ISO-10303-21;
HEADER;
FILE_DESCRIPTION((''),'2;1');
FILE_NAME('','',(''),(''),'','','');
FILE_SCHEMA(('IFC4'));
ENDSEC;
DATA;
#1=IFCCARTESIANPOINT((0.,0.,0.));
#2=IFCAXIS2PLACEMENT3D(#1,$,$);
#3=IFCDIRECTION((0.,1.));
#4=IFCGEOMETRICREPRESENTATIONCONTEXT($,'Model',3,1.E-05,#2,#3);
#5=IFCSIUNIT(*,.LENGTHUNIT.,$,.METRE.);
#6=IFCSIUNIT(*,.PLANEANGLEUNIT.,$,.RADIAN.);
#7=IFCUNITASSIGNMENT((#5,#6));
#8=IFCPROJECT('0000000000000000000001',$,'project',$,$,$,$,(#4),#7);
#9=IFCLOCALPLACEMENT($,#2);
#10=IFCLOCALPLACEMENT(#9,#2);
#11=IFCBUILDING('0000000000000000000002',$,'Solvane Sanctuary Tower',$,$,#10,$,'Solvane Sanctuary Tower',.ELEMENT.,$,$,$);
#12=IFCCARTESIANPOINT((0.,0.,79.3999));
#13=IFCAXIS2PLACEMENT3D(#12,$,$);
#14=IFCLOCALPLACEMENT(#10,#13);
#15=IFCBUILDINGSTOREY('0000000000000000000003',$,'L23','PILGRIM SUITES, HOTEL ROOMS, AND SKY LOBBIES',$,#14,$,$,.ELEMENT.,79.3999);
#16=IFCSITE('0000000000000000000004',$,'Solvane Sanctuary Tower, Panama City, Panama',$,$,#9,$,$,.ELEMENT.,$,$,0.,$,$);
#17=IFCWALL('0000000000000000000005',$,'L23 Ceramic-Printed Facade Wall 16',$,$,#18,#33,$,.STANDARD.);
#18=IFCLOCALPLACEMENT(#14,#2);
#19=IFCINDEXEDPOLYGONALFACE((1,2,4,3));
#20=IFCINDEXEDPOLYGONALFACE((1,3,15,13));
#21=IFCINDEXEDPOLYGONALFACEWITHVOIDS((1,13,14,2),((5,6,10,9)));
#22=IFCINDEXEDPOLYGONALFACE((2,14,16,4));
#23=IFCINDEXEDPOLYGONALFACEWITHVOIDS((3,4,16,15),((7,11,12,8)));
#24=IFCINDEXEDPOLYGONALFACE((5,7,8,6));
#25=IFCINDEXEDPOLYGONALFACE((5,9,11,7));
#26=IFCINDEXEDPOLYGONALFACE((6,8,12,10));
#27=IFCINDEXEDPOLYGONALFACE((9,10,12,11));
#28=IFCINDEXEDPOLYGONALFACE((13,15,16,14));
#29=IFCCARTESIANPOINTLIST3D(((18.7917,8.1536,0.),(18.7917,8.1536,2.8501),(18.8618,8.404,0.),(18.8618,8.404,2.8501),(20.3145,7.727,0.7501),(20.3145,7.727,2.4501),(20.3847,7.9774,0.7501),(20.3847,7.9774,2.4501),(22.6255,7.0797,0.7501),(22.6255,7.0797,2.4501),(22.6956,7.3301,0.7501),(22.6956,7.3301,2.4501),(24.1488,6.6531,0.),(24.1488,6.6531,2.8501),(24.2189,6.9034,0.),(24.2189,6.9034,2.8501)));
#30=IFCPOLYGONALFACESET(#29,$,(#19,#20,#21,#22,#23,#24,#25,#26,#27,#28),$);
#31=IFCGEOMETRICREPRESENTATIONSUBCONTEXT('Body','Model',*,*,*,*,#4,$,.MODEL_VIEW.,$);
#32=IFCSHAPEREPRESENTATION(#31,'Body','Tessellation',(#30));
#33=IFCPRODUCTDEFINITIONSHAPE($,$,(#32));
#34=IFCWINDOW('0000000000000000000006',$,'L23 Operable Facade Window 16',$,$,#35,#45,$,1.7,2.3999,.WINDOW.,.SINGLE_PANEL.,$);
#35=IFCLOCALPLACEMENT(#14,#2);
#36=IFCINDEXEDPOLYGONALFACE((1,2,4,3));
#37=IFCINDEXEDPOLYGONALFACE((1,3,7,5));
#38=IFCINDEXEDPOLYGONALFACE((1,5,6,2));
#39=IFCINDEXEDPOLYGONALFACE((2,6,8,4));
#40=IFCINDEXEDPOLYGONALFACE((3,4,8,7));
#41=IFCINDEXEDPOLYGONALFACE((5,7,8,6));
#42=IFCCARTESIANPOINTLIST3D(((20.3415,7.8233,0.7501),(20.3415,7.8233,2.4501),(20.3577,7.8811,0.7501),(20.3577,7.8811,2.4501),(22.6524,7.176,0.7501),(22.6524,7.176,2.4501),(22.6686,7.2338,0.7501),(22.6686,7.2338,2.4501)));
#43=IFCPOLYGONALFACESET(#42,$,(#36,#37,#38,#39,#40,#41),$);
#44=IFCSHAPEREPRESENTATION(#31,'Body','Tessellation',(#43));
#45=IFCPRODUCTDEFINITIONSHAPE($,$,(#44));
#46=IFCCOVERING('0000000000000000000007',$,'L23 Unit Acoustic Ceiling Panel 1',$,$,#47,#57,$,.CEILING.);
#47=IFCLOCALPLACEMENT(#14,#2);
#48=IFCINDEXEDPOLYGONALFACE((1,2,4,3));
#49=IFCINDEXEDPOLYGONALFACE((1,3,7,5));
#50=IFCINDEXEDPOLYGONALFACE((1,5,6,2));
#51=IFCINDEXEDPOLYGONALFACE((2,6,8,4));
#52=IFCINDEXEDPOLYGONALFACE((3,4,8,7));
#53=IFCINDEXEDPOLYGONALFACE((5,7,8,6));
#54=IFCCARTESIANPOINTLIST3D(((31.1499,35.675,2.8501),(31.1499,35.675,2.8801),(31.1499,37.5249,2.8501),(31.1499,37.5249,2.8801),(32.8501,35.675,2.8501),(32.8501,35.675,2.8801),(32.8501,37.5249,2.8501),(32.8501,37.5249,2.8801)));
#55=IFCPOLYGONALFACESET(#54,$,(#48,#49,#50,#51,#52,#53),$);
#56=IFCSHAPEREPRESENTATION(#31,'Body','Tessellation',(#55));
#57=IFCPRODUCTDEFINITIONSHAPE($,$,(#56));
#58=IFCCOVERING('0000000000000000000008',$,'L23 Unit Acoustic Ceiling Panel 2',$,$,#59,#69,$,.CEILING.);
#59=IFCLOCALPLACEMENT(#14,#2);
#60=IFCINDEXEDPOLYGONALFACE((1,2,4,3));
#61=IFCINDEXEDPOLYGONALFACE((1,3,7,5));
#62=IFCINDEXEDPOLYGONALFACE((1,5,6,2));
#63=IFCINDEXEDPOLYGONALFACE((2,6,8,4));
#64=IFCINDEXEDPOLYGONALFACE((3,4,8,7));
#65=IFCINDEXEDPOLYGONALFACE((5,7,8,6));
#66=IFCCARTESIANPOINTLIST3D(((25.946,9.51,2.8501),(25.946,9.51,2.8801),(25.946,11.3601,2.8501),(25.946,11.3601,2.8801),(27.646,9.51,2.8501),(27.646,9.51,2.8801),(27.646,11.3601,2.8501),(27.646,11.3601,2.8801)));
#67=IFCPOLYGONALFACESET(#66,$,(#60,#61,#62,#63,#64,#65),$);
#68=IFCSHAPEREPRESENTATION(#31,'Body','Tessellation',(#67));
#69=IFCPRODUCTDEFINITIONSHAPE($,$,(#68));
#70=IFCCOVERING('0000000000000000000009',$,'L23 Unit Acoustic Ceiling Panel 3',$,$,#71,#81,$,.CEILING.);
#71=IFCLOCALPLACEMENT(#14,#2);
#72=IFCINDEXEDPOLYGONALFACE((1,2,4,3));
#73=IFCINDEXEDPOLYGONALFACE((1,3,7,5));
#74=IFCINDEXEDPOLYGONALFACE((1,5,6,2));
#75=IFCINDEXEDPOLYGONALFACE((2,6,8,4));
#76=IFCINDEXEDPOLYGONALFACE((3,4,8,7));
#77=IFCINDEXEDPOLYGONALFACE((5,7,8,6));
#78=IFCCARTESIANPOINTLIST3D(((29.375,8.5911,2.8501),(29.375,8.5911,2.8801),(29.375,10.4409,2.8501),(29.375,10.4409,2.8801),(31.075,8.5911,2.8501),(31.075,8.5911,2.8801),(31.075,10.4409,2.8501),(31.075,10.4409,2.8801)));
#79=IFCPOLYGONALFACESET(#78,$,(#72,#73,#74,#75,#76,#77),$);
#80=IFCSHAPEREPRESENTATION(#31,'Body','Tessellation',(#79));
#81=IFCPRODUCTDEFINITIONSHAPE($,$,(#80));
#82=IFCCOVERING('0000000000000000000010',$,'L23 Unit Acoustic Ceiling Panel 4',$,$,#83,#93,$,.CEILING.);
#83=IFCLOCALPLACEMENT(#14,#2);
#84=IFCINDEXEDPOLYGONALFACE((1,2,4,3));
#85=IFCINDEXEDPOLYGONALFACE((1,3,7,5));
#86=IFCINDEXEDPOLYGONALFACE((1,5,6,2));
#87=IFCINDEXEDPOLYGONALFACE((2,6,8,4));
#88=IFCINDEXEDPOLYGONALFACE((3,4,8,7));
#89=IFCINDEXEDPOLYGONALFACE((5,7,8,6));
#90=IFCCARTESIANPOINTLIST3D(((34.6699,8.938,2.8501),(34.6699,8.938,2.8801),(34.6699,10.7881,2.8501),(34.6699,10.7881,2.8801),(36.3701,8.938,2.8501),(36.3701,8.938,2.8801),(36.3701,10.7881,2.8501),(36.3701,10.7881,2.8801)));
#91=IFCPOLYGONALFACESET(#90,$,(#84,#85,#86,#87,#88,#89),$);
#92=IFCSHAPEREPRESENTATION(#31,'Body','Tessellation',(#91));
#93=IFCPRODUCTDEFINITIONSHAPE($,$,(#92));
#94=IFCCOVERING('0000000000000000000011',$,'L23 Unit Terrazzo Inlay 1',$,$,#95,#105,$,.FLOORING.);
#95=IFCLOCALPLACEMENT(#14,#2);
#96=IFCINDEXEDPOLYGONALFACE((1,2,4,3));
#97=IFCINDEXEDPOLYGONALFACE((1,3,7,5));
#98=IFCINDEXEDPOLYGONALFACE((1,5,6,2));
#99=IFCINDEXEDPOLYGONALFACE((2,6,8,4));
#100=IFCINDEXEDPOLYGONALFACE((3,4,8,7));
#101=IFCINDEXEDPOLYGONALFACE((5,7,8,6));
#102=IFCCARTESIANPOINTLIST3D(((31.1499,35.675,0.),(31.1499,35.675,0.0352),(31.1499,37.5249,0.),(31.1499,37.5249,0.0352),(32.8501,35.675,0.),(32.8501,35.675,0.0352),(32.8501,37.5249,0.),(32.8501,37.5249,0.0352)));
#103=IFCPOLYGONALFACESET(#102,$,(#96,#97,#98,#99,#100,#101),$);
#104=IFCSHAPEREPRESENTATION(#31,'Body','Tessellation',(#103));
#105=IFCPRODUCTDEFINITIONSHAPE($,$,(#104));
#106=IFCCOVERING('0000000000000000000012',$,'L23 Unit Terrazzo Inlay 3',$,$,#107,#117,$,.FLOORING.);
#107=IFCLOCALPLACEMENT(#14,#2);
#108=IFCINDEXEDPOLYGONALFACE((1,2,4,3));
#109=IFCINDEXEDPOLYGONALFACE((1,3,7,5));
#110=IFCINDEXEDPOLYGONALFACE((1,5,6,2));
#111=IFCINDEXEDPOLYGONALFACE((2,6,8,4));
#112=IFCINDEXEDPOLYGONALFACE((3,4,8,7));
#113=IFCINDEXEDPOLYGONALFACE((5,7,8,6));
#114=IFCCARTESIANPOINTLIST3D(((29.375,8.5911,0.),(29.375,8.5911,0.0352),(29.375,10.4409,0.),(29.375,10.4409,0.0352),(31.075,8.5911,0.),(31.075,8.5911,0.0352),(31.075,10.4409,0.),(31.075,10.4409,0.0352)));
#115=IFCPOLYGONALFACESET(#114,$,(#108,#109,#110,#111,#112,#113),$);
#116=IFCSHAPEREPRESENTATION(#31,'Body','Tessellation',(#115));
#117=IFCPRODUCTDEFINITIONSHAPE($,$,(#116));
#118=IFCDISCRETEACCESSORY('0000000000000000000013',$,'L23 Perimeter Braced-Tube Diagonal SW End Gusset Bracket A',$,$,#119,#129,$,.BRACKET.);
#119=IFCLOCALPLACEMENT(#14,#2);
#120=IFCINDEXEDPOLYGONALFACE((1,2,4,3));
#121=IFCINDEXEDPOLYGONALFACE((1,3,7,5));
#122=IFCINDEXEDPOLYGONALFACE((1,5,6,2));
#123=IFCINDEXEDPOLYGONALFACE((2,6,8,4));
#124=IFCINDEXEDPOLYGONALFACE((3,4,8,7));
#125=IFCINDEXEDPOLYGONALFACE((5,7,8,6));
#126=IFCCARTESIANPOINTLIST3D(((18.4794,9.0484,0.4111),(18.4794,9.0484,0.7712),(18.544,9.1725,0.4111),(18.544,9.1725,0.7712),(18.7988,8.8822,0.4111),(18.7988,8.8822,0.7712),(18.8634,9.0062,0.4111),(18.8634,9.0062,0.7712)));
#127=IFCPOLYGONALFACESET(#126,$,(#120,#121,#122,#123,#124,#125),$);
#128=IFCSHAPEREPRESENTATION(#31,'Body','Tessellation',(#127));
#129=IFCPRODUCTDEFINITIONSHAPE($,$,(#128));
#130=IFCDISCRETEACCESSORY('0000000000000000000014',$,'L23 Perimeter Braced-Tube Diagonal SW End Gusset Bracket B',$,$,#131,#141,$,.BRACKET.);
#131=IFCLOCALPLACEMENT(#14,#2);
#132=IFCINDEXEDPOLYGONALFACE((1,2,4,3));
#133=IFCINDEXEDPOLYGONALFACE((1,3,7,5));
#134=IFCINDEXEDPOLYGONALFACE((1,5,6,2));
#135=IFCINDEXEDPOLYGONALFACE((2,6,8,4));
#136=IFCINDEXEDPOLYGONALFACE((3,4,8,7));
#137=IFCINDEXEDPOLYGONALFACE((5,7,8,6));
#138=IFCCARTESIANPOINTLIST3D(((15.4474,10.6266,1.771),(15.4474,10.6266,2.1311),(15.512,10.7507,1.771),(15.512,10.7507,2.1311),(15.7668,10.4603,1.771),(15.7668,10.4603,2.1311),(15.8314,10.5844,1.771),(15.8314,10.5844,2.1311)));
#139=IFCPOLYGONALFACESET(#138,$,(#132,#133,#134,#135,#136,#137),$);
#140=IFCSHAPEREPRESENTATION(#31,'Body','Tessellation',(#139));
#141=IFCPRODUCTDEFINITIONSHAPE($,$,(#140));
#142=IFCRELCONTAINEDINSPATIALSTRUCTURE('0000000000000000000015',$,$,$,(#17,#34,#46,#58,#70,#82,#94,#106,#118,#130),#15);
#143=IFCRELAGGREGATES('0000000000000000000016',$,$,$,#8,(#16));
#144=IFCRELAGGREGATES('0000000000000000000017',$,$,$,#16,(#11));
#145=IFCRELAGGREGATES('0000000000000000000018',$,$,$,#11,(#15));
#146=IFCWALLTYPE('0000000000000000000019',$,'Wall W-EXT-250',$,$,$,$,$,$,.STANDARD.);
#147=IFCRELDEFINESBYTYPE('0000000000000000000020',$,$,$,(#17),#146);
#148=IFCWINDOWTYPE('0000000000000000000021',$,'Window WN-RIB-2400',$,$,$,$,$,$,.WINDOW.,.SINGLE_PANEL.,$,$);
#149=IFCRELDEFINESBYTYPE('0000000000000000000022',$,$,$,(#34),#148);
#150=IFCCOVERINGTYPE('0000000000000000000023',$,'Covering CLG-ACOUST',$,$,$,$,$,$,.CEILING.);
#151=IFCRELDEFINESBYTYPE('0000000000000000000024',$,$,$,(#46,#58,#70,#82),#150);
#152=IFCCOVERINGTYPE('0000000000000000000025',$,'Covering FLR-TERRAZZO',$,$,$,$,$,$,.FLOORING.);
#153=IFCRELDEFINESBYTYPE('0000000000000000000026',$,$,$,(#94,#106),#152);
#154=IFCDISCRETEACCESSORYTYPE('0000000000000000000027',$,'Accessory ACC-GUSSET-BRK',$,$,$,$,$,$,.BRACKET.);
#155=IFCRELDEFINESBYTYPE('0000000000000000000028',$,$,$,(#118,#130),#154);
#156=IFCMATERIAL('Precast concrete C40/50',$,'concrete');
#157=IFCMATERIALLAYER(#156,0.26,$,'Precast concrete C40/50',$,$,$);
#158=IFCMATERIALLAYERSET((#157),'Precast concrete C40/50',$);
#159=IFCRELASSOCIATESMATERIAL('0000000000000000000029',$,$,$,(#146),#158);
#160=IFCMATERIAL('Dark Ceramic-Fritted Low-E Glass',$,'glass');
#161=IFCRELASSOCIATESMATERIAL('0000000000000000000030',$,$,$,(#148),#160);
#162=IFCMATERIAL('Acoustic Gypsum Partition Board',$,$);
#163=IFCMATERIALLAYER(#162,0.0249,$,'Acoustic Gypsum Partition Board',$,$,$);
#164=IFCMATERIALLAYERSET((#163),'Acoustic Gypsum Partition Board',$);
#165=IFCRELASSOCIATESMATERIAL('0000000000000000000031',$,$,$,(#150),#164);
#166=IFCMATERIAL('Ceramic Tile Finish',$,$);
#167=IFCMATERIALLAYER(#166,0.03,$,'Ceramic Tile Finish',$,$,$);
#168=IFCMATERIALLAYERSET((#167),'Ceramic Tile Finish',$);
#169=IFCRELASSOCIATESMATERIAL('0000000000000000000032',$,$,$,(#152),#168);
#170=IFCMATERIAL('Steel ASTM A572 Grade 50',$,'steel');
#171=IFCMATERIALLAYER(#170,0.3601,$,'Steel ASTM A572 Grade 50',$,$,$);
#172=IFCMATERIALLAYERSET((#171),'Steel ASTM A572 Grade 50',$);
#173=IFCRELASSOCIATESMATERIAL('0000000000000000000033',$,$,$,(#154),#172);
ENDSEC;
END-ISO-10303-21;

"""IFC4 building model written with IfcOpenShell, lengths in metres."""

from ifc_helpers import new_model, si_unit, direction, frame, frame_2d, origin, origin_2d, place, context, subcontext, project, spatial, polyline, rectangle, outline, extrude, material, layer, layer_set, type_object, element, fill, save


model = new_model("IFC4")

# Units and contexts
model_context = context("Model", 3, precision=1e-05, world=origin(), true_north=direction((0.0, 1.0)))
body_context = subcontext(model_context, "Body", "Model", "MODEL_VIEW")
ifc_project = project(units=[si_unit("LENGTHUNIT", "METRE"), si_unit("PLANEANGLEUNIT", "RADIAN")], contexts=[model_context])

# Site, building, storey
site_placement = place(None, origin())
site = spatial("IfcSite", under=ifc_project, at=site_placement, Name="Solvane Sanctuary Tower, Panama City, Panama", CompositionType="ELEMENT", RefElevation=0.0)
building_placement = place(site_placement, origin())
building = spatial("IfcBuilding", under=site, at=building_placement, Name="Solvane Sanctuary Tower", LongName="Solvane Sanctuary Tower", CompositionType="ELEMENT")
storey_placement = place(building_placement, frame((0.0, 0.0, 79.3999)))
storey = spatial("IfcBuildingStorey", under=building, at=storey_placement, Name="L23", Description="PILGRIM SUITES, HOTEL ROOMS, AND SKY LOBBIES", CompositionType="ELEMENT", Elevation=79.3999)

# Shared definitions
ifc_material_1 = material(Name="Precast concrete C40/50", Category="concrete")

# Shared definitions
ifc_layer_1 = layer(ifc_material_1, 0.26, Name="Precast concrete C40/50")
ifc_layer_set_1 = layer_set([ifc_layer_1], Name="Precast concrete C40/50")
wall_type = type_object("IfcWallType", Name="Wall W-EXT-250", PredefinedType="STANDARD", material=ifc_layer_set_1)

# Wall, opening, window
wall_1_placement = place(storey_placement, frame((18.8267, 8.2788, 0.0), z_axis=(0.0, 0.0, 1.0), x_axis=(0.962938, -0.269721, 0.0)))
wall_1 = element("IfcWall", 1, at=wall_1_placement, inside=storey, type_object=wall_type, Name="L23 Ceramic-Printed Facade Wall 16", PredefinedType="STANDARD", context=body_context, shape_type="SweptSolid", body=[
    extrude(rectangle(XDim=5.5632, YDim=0.26, at=frame_2d((2.7817, 0.0))), origin(), (0.0, 0.0, 1.0), 2.8501),
])
opening_placement = place(wall_1_placement, frame((1.5815, 0.0, 0.75)))
opening = element("IfcOpeningElement", 2, at=opening_placement, cuts=wall_1, PredefinedType="OPENING", context=body_context, shape_type="SweptSolid", body=[
    extrude(rectangle(XDim=2.3999, YDim=1.7, at=frame_2d((1.2, 0.8501))), frame((0.0, 0.1399, 0.0), z_axis=(0.0, -1.0, 0.0), x_axis=(1.0, 0.0, 0.0)), (0.0, 0.0, 1.0), 0.28),
])
ifc_material_2 = material(Name="Dark Ceramic-Fritted Low-E Glass", Category="glass")
window_type = type_object("IfcWindowType", Name="Window WN-RIB-2400", PartitioningType="SINGLE_PANEL", PredefinedType="WINDOW", material=ifc_material_2)
window_placement = place(opening_placement, origin())
window = element("IfcWindow", 3, at=window_placement, inside=storey, type_object=window_type, Name="L23 Operable Facade Window 16", OverallHeight=1.7, OverallWidth=2.3999, PartitioningType="SINGLE_PANEL", PredefinedType="WINDOW", context=body_context, shape_type="SweptSolid", body=[
    extrude(rectangle(XDim=2.3999, YDim=1.7, at=frame_2d((1.2, 0.8501))), frame((0.0, 0.03, 0.0), z_axis=(0.0, -1.0, 0.0), x_axis=(1.0, 0.0, 0.0)), (0.0, 0.0, 1.0), 0.0601),
])
fill(opening, window)

# Coverings
ifc_material_3 = material(Name="Acoustic Gypsum Partition Board")
ifc_layer_2 = layer(ifc_material_3, 0.0249, Name="Acoustic Gypsum Partition Board")
ifc_layer_set_2 = layer_set([ifc_layer_2], Name="Acoustic Gypsum Partition Board")
covering_type_1 = type_object("IfcCoveringType", Name="Covering CLG-ACOUST", PredefinedType="CEILING", material=ifc_layer_set_2)
covering_1_placement = place(storey_placement, frame((0.0, 0.0, 2.8501)))
element("IfcCovering", 4, at=covering_1_placement, inside=storey, type_object=covering_type_1, Name="L23 Unit Acoustic Ceiling Panel 1", PredefinedType="CEILING", context=body_context, shape_type="SweptSolid", body=[
    extrude(outline(polyline([(31.1499, 35.675), (32.8501, 35.675), (32.8501, 37.5249), (31.1499, 37.5249), (31.1499, 35.675)])), origin(), (0.0, 0.0, 1.0), 0.03),
])
covering_2_placement = place(storey_placement, frame((0.0, 0.0, 2.8501)))
element("IfcCovering", 5, at=covering_2_placement, inside=storey, type_object=covering_type_1, Name="L23 Unit Acoustic Ceiling Panel 2", PredefinedType="CEILING", context=body_context, shape_type="SweptSolid", body=[
    extrude(outline(polyline([(25.946, 9.51), (27.646, 9.51), (27.646, 11.3601), (25.946, 11.3601), (25.946, 9.51)])), origin(), (0.0, 0.0, 1.0), 0.03),
])
covering_3_placement = place(storey_placement, frame((0.0, 0.0, 2.8501)))
element("IfcCovering", 6, at=covering_3_placement, inside=storey, type_object=covering_type_1, Name="L23 Unit Acoustic Ceiling Panel 3", PredefinedType="CEILING", context=body_context, shape_type="SweptSolid", body=[
    extrude(outline(polyline([(29.375, 8.5911), (31.075, 8.5911), (31.075, 10.4409), (29.375, 10.4409), (29.375, 8.5911)])), origin(), (0.0, 0.0, 1.0), 0.03),
])
covering_4_placement = place(storey_placement, frame((0.0, 0.0, 2.8501)))
element("IfcCovering", 7, at=covering_4_placement, inside=storey, type_object=covering_type_1, Name="L23 Unit Acoustic Ceiling Panel 4", PredefinedType="CEILING", context=body_context, shape_type="SweptSolid", body=[
    extrude(outline(polyline([(34.6699, 8.938), (36.3701, 8.938), (36.3701, 10.7881), (34.6699, 10.7881), (34.6699, 8.938)])), origin(), (0.0, 0.0, 1.0), 0.03),
])
ifc_material_4 = material(Name="Ceramic Tile Finish")
ifc_layer_3 = layer(ifc_material_4, 0.03, Name="Ceramic Tile Finish")
ifc_layer_set_3 = layer_set([ifc_layer_3], Name="Ceramic Tile Finish")
covering_type_2 = type_object("IfcCoveringType", Name="Covering FLR-TERRAZZO", PredefinedType="FLOORING", material=ifc_layer_set_3)
covering_5_placement = place(storey_placement, origin())
element("IfcCovering", 8, at=covering_5_placement, inside=storey, type_object=covering_type_2, Name="L23 Unit Terrazzo Inlay 1", PredefinedType="FLOORING", context=body_context, shape_type="SweptSolid", body=[
    extrude(outline(polyline([(31.1499, 35.675), (32.8501, 35.675), (32.8501, 37.5249), (31.1499, 37.5249), (31.1499, 35.675)])), origin(), (0.0, 0.0, 1.0), 0.0352),
])
covering_6_placement = place(storey_placement, origin())
element("IfcCovering", 9, at=covering_6_placement, inside=storey, type_object=covering_type_2, Name="L23 Unit Terrazzo Inlay 3", PredefinedType="FLOORING", context=body_context, shape_type="SweptSolid", body=[
    extrude(outline(polyline([(29.375, 8.5911), (31.075, 8.5911), (31.075, 10.4409), (29.375, 10.4409), (29.375, 8.5911)])), origin(), (0.0, 0.0, 1.0), 0.0352),
])

# Discrete accessories
ifc_material_5 = material(Name="Steel ASTM A572 Grade 50", Category="steel")
ifc_layer_4 = layer(ifc_material_5, 0.3601, Name="Steel ASTM A572 Grade 50")
ifc_layer_set_4 = layer_set([ifc_layer_4], Name="Steel ASTM A572 Grade 50")
discrete_accessory_type = type_object("IfcDiscreteAccessoryType", Name="Accessory ACC-GUSSET-BRK", PredefinedType="BRACKET", material=ifc_layer_set_4)
for number, where, z_axis, x_axis, name in (
    (10, (18.6714, 9.0273, 0.4111), (0.0, 0.0, 1.0), (-0.887011, 0.461749, 0.0), "L23 Perimeter Braced-Tube Diagonal SW End Gusset Bracket A"),
    (11, (15.6394, 10.6055, 1.771), (0.0, 0.0, 1.0), (-0.887011, 0.461749, 0.0), "L23 Perimeter Braced-Tube Diagonal SW End Gusset Bracket B"),
):
    element("IfcDiscreteAccessory", number, at=place(storey_placement, frame(where, z_axis=z_axis, x_axis=x_axis)), inside=storey, type_object=discrete_accessory_type, Name=name, PredefinedType="BRACKET", context=body_context, shape_type="SweptSolid", body=[
        extrude(rectangle(XDim=0.3601, YDim=0.1399, at=origin_2d()), origin(), (0.0, 0.0, 1.0), 0.3601),
    ])

save(model, "model.ifc")
